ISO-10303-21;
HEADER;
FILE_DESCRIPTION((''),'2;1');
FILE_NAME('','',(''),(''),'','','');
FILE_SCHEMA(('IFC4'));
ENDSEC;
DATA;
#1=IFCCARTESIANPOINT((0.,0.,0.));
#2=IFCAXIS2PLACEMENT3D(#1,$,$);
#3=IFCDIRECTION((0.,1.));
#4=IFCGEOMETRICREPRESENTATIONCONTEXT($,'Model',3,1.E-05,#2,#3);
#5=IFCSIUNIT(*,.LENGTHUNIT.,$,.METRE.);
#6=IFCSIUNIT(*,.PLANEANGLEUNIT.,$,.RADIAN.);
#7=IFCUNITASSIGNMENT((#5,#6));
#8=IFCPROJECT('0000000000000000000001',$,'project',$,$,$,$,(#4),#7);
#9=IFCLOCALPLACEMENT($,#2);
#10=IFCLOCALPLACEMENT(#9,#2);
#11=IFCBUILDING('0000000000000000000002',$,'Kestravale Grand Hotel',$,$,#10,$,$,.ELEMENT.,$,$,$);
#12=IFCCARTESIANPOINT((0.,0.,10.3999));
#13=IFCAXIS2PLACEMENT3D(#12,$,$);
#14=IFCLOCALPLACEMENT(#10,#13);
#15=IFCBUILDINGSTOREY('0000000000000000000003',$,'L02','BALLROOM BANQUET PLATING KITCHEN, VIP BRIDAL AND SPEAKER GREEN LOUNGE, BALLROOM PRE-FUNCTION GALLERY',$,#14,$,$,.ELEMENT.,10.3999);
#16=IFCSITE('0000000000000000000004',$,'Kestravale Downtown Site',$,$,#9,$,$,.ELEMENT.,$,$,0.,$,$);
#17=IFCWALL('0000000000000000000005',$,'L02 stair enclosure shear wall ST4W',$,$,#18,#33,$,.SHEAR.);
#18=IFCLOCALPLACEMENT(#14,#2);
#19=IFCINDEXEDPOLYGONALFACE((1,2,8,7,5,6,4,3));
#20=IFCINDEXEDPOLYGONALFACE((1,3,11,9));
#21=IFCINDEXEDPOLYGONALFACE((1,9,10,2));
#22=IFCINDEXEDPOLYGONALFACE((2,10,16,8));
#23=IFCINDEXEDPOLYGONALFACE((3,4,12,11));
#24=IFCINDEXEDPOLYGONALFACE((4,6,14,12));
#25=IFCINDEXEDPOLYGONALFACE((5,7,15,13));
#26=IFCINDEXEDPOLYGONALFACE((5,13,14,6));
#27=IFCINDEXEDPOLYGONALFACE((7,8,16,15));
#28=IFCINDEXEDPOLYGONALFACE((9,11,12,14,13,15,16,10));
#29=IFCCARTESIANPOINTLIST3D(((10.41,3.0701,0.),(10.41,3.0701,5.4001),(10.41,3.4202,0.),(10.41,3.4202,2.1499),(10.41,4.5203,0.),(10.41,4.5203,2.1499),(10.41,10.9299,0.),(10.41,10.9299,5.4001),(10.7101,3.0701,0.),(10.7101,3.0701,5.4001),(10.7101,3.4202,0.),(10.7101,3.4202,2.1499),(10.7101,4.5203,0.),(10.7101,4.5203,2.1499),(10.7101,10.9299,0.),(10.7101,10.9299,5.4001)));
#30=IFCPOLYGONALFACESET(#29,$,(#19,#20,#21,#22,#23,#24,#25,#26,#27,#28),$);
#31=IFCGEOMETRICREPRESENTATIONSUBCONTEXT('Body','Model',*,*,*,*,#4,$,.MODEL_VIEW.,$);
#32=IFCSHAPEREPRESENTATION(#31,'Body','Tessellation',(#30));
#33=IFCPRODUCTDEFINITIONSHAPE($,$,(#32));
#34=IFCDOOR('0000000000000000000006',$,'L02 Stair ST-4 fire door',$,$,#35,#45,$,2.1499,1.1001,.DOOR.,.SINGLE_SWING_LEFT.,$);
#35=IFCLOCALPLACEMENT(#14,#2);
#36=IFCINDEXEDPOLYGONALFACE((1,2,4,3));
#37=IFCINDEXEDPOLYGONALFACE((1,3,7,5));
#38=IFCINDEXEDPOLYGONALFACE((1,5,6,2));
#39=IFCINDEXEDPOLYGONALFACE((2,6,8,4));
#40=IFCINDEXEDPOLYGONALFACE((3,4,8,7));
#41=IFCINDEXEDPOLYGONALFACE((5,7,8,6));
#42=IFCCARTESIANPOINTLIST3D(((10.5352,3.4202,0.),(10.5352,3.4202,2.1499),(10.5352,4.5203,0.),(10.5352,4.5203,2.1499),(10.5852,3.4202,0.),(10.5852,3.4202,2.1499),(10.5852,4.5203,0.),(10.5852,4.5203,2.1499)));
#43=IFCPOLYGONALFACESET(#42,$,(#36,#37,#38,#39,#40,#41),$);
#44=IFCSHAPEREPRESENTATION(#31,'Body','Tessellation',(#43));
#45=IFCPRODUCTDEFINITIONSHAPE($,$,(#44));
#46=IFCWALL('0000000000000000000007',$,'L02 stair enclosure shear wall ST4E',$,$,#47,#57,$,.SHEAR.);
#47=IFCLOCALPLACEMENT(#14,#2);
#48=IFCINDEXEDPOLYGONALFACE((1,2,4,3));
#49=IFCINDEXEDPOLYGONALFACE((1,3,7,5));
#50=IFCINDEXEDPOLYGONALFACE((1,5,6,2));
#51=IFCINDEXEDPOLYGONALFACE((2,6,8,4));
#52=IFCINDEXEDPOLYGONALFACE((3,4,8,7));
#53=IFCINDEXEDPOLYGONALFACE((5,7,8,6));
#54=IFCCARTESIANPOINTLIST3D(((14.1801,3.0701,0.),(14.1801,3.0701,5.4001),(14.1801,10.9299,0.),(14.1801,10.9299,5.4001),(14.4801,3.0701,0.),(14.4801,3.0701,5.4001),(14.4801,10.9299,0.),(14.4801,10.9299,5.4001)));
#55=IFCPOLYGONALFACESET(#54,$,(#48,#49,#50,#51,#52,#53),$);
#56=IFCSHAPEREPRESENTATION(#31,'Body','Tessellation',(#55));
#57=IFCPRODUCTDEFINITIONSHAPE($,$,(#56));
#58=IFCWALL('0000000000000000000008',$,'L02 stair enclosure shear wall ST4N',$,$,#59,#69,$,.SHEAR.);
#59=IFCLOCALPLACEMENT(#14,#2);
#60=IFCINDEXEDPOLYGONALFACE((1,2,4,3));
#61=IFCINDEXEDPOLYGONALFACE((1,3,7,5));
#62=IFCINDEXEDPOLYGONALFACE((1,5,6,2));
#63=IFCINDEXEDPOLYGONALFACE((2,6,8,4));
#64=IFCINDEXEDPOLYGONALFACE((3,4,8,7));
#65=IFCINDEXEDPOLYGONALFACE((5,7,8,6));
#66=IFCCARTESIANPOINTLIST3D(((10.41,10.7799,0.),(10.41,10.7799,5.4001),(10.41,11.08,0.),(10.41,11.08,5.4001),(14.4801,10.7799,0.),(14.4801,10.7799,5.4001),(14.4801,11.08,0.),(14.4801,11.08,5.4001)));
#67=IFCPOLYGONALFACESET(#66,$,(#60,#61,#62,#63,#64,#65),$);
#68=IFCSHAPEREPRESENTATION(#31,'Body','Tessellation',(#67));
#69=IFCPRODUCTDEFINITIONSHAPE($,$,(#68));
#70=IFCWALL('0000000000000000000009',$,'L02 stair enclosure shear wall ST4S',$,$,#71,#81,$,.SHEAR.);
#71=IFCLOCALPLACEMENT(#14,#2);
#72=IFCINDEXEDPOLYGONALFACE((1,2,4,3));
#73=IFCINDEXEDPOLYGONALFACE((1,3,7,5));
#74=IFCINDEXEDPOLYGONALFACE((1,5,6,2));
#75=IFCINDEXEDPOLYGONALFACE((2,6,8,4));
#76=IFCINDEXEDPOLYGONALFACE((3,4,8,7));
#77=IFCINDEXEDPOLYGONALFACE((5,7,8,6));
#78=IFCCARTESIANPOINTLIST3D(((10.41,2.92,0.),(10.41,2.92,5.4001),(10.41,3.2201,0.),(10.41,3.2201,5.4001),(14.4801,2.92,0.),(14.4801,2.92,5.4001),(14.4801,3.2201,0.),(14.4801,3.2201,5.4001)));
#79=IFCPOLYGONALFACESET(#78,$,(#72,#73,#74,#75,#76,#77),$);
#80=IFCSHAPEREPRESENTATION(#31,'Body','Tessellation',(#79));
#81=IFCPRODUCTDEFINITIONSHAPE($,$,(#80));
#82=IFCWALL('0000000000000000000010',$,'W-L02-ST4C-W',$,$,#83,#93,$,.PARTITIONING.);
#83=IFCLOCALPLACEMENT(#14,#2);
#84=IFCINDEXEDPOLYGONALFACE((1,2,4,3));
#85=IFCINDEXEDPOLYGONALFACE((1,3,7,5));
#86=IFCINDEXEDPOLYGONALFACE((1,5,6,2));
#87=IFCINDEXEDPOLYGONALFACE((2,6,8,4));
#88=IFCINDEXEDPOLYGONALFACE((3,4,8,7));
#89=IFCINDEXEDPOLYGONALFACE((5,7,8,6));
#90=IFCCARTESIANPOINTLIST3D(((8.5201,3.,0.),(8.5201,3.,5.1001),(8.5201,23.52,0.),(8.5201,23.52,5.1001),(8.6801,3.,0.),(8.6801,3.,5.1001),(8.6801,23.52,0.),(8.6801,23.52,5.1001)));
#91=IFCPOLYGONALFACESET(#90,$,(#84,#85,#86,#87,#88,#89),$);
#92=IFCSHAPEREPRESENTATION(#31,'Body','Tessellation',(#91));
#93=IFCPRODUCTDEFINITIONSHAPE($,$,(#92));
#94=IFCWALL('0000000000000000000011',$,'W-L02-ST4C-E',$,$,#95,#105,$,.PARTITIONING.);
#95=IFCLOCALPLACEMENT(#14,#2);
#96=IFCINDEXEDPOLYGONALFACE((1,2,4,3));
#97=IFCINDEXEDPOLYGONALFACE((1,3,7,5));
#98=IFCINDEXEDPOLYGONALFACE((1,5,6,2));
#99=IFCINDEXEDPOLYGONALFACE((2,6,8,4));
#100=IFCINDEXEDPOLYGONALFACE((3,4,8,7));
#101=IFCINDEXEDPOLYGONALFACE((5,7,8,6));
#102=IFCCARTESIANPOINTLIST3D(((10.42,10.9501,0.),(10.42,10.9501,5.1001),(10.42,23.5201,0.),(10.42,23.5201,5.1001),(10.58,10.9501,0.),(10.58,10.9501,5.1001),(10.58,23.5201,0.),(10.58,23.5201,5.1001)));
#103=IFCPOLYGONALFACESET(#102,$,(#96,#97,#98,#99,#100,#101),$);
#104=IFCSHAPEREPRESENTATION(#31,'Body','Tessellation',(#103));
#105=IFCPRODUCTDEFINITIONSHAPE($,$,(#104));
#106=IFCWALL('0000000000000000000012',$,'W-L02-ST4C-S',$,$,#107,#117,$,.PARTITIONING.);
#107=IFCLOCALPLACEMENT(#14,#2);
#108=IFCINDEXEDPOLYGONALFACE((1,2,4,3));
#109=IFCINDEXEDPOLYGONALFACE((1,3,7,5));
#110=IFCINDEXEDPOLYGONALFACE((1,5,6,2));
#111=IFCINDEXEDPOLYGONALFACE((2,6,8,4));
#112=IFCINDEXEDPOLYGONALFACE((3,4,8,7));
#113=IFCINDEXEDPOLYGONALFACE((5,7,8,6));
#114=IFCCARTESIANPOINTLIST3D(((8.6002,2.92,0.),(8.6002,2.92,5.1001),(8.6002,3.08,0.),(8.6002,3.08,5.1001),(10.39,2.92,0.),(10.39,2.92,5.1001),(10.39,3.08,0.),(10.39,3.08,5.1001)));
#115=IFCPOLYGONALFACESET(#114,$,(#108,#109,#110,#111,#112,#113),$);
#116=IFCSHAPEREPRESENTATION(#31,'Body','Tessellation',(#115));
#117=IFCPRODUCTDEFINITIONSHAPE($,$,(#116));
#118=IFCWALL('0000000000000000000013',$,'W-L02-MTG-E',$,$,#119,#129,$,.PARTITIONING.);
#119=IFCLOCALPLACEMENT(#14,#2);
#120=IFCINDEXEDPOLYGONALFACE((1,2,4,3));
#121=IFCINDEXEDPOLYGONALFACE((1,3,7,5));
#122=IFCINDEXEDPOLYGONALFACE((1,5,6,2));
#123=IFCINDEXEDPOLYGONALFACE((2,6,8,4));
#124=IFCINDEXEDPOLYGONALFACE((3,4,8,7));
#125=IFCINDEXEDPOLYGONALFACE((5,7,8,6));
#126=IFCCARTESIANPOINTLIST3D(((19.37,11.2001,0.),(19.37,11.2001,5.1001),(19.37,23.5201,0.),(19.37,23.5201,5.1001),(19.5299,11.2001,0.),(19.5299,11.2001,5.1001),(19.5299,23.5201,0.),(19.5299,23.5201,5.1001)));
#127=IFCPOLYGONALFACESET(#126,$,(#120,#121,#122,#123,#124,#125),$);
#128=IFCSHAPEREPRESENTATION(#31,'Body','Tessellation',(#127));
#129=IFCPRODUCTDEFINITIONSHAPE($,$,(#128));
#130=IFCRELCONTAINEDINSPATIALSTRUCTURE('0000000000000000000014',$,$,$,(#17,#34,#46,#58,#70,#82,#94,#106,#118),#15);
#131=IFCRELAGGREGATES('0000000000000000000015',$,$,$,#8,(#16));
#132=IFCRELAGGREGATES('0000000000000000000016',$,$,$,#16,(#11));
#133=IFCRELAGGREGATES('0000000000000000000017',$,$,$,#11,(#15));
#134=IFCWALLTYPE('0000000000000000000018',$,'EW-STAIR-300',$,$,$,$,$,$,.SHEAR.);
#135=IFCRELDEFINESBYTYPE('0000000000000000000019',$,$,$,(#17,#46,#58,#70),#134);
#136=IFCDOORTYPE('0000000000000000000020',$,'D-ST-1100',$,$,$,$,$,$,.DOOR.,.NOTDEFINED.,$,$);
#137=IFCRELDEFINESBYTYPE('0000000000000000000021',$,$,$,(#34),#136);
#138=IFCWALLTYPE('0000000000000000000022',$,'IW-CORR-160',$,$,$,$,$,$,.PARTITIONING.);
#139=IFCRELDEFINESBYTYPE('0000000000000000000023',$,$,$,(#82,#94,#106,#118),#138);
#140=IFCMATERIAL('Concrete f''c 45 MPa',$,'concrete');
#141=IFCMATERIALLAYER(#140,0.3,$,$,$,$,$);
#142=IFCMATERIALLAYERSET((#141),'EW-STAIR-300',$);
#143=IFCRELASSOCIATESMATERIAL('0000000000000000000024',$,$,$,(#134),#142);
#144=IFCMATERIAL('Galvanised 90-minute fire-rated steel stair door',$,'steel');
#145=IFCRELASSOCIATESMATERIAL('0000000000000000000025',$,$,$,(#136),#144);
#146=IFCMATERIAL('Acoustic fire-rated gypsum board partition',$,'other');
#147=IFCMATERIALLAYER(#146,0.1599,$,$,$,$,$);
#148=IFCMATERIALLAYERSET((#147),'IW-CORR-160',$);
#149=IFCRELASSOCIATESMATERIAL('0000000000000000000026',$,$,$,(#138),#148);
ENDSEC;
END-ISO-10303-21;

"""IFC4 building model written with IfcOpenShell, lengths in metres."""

from ifc_helpers import new_model, si_unit, direction, frame, frame_2d, origin, place, context, subcontext, project, spatial, rectangle, extrude, material, layer, layer_set, type_object, element, fill, save


model = new_model("IFC4")

# Units and contexts
model_context = context("Model", 3, precision=1e-05, world=origin(), true_north=direction((0.0, 1.0)))
body_context = subcontext(model_context, "Body", "Model", "MODEL_VIEW")
ifc_project = project(units=[si_unit("LENGTHUNIT", "METRE"), si_unit("PLANEANGLEUNIT", "RADIAN")], contexts=[model_context])

# Site, building, storey
site_placement = place(None, origin())
site = spatial("IfcSite", under=ifc_project, at=site_placement, Name="Kestravale Downtown Site", CompositionType="ELEMENT", RefElevation=0.0)
building_placement = place(site_placement, origin())
building = spatial("IfcBuilding", under=site, at=building_placement, Name="Kestravale Grand Hotel", CompositionType="ELEMENT")
storey_placement = place(building_placement, frame((0.0, 0.0, 10.3999)))
storey = spatial("IfcBuildingStorey", under=building, at=storey_placement, Name="L02", Description="BALLROOM BANQUET PLATING KITCHEN, VIP BRIDAL AND SPEAKER GREEN LOUNGE, BALLROOM PRE-FUNCTION GALLERY", CompositionType="ELEMENT", Elevation=10.3999)

# Wall, opening, door
ifc_material_1 = material(Name="Concrete f'c 45 MPa", Category="concrete")
ifc_layer_1 = layer(ifc_material_1, 0.3)
ifc_layer_set_1 = layer_set([ifc_layer_1], Name="EW-STAIR-300")
wall_type_1 = type_object("IfcWallType", Name="EW-STAIR-300", PredefinedType="SHEAR", material=ifc_layer_set_1)
wall_1_placement = place(storey_placement, frame((10.5601, 3.0701, 0.0), z_axis=(0.0, 0.0, 1.0), x_axis=(0.0, 1.0, 0.0)))
wall_1 = element("IfcWall", 1, at=wall_1_placement, inside=storey, type_object=wall_type_1, Name="L02 stair enclosure shear wall ST4W", PredefinedType="SHEAR", context=body_context, shape_type="SweptSolid", body=[
    extrude(rectangle(XDim=7.8599, YDim=0.3, at=frame_2d((3.9299, 0.0))), origin(), (0.0, 0.0, 1.0), 5.4001),
])
opening_1_placement = place(wall_1_placement, frame((0.3501, 0.0, 0.0)))
opening_1 = element("IfcOpeningElement", 2, at=opening_1_placement, cuts=wall_1, PredefinedType="OPENING", context=body_context, shape_type="SweptSolid", body=[
    extrude(rectangle(XDim=1.1001, YDim=2.1499, at=frame_2d((0.55, 1.075))), frame((0.0, 0.1599, 0.0), z_axis=(0.0, -1.0, 0.0), x_axis=(1.0, 0.0, 0.0)), (0.0, 0.0, 1.0), 0.3201),
])
ifc_material_2 = material(Name="Galvanised 90-minute fire-rated steel stair door", Category="steel")
door_type_1 = type_object("IfcDoorType", Name="D-ST-1100", OperationType="NOTDEFINED", PredefinedType="DOOR", material=ifc_material_2)
door_1_placement = place(opening_1_placement, origin())
door_1 = element("IfcDoor", 3, at=door_1_placement, inside=storey, type_object=door_type_1, Name="L02 Stair ST-4 fire door", OperationType="SINGLE_SWING_LEFT", OverallHeight=2.1499, OverallWidth=1.1001, PredefinedType="DOOR", context=body_context, shape_type="SweptSolid", body=[
    extrude(rectangle(XDim=1.1001, YDim=2.1499, at=frame_2d((0.55, 1.075))), frame((0.0, 0.0249, 0.0), z_axis=(0.0, -1.0, 0.0), x_axis=(1.0, 0.0, 0.0)), (0.0, 0.0, 1.0), 0.05),
])
fill(opening_1, door_1)

# Walls
wall_2_placement = place(storey_placement, frame((14.3301, 3.0701, 0.0), z_axis=(0.0, 0.0, 1.0), x_axis=(0.0, 1.0, 0.0)))
element("IfcWall", 4, at=wall_2_placement, inside=storey, type_object=wall_type_1, Name="L02 stair enclosure shear wall ST4E", PredefinedType="SHEAR", context=body_context, shape_type="SweptSolid", body=[
    extrude(rectangle(XDim=7.8599, YDim=0.3, at=frame_2d((3.9299, 0.0))), origin(), (0.0, 0.0, 1.0), 5.4001),
])
for number, where, z_axis, x_axis, name in (
    (5, (10.4099, 10.9299, 0.0), (0.0, 0.0, 1.0), (1.0, 0.0, 0.0), "L02 stair enclosure shear wall ST4N"),
    (6, (10.4099, 3.0701, 0.0), (0.0, 0.0, 1.0), (1.0, 0.0, 0.0), "L02 stair enclosure shear wall ST4S"),
):
    element("IfcWall", number, at=place(storey_placement, frame(where, z_axis=z_axis, x_axis=x_axis)), inside=storey, type_object=wall_type_1, Name=name, PredefinedType="SHEAR", context=body_context, shape_type="SweptSolid", body=[
        extrude(rectangle(XDim=4.0701, YDim=0.3, at=frame_2d((2.0352, 0.0))), origin(), (0.0, 0.0, 1.0), 5.4001),
    ])
ifc_material_3 = material(Name="Acoustic fire-rated gypsum board partition", Category="other")
ifc_layer_2 = layer(ifc_material_3, 0.1599)
ifc_layer_set_2 = layer_set([ifc_layer_2], Name="IW-CORR-160")
wall_type_2 = type_object("IfcWallType", Name="IW-CORR-160", PredefinedType="PARTITIONING", material=ifc_layer_set_2)
wall_3_placement = place(storey_placement, frame((8.6001, 3.0, 0.0), z_axis=(0.0, 0.0, 1.0), x_axis=(0.0, 1.0, 0.0)))
element("IfcWall", 7, at=wall_3_placement, inside=storey, type_object=wall_type_2, Name="W-L02-ST4C-W", PredefinedType="PARTITIONING", context=body_context, shape_type="SweptSolid", body=[
    extrude(rectangle(XDim=20.52, YDim=0.1599, at=frame_2d((10.26, 0.0))), origin(), (0.0, 0.0, 1.0), 5.1001),
])
wall_4_placement = place(storey_placement, frame((10.5, 10.95, 0.0), z_axis=(0.0, 0.0, 1.0), x_axis=(0.0, 1.0, 0.0)))
element("IfcWall", 8, at=wall_4_placement, inside=storey, type_object=wall_type_2, Name="W-L02-ST4C-E", PredefinedType="PARTITIONING", context=body_context, shape_type="SweptSolid", body=[
    extrude(rectangle(XDim=12.5701, YDim=0.1599, at=frame_2d((6.2852, 0.0))), origin(), (0.0, 0.0, 1.0), 5.1001),
])
wall_5_placement = place(storey_placement, frame((8.6001, 3.0, 0.0), z_axis=(0.0, 0.0, 1.0), x_axis=(1.0, 0.0, 0.0)))
element("IfcWall", 9, at=wall_5_placement, inside=storey, type_object=wall_type_2, Name="W-L02-ST4C-S", PredefinedType="PARTITIONING", context=body_context, shape_type="SweptSolid", body=[
    extrude(rectangle(XDim=1.7898, YDim=0.1599, at=frame_2d((0.895, 0.0))), origin(), (0.0, 0.0, 1.0), 5.1001),
])
wall_6_placement = place(storey_placement, frame((19.45, 11.2, 0.0), z_axis=(0.0, 0.0, 1.0), x_axis=(0.0, 1.0, 0.0)))
element("IfcWall", 10, at=wall_6_placement, inside=storey, type_object=wall_type_2, Name="W-L02-MTG-E", PredefinedType="PARTITIONING", context=body_context, shape_type="SweptSolid", body=[
    extrude(rectangle(XDim=12.3201, YDim=0.1599, at=frame_2d((6.1602, 0.0))), origin(), (0.0, 0.0, 1.0), 5.1001),
])

save(model, "model.ifc")
